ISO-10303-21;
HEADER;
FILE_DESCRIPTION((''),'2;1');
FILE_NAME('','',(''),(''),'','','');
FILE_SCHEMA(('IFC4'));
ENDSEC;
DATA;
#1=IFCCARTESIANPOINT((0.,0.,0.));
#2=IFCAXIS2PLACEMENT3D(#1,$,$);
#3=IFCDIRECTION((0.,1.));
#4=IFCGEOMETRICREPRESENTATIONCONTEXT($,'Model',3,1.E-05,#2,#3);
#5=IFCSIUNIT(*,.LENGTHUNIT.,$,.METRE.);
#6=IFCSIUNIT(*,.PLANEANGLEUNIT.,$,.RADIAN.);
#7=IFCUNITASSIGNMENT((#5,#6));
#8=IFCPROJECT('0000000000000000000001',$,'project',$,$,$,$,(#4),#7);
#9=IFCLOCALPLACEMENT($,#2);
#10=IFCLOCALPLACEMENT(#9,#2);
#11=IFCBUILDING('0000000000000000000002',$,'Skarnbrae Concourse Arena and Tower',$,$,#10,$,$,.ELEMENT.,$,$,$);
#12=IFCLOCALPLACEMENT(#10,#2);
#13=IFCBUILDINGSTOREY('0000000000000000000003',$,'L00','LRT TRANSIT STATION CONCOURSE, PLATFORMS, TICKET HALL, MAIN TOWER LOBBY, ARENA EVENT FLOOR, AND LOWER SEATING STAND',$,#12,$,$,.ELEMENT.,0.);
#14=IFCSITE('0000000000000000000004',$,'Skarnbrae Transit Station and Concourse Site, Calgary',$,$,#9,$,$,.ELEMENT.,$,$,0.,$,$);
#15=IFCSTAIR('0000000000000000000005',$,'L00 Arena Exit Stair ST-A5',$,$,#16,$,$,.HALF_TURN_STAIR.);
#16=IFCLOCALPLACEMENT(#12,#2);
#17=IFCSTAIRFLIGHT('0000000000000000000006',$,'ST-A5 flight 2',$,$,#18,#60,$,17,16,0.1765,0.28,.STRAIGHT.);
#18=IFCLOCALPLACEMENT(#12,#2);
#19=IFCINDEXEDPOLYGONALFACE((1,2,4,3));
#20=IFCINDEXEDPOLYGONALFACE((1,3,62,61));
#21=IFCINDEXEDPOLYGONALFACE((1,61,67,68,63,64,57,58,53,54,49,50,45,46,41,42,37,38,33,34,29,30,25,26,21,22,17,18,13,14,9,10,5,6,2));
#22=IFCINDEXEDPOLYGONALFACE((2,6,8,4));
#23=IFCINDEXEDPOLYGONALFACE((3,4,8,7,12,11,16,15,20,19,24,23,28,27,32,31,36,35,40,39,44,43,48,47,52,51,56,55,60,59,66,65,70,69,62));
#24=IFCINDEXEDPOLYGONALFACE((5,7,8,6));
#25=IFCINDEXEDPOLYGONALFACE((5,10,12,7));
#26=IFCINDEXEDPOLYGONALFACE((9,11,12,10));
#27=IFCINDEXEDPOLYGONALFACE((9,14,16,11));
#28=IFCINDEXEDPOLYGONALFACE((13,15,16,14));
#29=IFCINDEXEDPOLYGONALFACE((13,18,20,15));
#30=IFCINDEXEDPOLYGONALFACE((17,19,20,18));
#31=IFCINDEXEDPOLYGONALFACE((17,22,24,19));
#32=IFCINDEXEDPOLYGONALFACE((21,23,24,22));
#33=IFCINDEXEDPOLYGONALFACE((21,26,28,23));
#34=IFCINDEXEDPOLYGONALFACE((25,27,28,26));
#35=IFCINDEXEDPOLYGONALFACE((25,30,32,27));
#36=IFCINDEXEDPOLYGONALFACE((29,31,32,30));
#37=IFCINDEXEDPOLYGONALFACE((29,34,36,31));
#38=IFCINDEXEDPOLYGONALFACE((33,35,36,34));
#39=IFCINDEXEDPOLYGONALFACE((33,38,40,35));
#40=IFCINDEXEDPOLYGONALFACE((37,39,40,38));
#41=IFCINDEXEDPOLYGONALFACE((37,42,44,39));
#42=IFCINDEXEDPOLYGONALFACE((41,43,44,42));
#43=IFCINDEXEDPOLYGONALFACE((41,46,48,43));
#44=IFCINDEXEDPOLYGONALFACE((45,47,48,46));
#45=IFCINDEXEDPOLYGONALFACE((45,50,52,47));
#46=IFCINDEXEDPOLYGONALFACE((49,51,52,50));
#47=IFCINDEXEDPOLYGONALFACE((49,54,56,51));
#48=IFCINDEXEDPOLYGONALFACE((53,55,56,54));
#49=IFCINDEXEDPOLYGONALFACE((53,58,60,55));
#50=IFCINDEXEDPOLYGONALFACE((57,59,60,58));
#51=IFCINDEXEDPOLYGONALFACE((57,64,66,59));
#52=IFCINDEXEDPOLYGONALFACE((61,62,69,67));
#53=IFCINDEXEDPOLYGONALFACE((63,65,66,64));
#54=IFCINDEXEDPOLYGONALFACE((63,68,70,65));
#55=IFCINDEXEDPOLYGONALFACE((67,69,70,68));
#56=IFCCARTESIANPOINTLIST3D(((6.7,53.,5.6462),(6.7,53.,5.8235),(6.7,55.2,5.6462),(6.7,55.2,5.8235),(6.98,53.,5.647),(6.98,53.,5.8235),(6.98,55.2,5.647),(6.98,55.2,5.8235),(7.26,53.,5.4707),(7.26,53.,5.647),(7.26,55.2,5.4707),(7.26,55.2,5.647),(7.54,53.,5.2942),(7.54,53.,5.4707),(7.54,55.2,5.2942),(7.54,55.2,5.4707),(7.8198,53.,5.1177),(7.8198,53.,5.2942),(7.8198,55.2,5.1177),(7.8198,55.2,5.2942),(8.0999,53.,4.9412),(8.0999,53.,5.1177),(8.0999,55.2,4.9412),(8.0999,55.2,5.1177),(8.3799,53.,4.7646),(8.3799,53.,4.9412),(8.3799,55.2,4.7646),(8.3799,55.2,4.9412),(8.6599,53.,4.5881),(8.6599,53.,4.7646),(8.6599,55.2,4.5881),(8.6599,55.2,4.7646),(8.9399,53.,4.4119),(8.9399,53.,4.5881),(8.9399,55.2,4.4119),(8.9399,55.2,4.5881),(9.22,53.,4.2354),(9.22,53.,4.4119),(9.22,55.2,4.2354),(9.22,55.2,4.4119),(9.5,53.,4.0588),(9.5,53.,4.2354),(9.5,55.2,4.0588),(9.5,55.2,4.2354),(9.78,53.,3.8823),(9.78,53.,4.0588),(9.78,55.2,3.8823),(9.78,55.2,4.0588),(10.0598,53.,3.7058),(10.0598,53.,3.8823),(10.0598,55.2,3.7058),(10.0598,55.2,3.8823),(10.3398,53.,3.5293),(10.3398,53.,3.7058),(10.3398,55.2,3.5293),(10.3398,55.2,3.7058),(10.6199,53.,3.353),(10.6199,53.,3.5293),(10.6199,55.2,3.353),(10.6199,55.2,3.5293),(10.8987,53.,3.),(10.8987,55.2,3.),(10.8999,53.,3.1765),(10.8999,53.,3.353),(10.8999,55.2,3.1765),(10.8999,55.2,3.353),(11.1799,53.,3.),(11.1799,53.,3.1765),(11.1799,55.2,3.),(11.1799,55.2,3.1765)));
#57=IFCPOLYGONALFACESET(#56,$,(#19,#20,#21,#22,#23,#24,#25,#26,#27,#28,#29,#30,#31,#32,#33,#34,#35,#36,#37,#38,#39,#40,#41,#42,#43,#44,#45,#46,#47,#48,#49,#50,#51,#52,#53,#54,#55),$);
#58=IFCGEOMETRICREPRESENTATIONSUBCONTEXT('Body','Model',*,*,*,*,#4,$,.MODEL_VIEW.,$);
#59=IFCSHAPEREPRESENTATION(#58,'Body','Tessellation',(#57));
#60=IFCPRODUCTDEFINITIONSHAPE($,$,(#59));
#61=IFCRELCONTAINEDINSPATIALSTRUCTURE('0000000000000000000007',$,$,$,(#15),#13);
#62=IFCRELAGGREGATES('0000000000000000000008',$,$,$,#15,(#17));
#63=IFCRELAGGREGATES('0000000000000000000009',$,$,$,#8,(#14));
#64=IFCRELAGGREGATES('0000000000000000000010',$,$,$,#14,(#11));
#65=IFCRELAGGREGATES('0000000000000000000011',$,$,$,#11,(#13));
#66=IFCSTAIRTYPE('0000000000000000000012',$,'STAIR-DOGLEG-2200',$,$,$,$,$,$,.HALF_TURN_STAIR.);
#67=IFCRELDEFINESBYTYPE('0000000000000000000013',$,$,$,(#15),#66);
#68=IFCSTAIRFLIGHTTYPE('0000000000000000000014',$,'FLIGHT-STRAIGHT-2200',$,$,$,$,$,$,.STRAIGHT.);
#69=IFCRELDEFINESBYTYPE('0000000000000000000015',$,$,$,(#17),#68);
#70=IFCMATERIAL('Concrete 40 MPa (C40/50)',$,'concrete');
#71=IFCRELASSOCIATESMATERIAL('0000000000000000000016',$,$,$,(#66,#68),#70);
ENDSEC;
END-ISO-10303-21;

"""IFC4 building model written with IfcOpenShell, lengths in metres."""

from ifc_helpers import new_model, si_unit, direction, frame, origin, place, context, subcontext, project, spatial, polyline, outline, extrude, source, transform, mapped, material, type_object, element, aggregate, save


model = new_model("IFC4")

# Units and contexts
model_context = context("Model", 3, precision=1e-05, world=origin(), true_north=direction((0.0, 1.0)))
body_context = subcontext(model_context, "Body", "Model", "MODEL_VIEW")
ifc_project = project(units=[si_unit("LENGTHUNIT", "METRE"), si_unit("PLANEANGLEUNIT", "RADIAN")], contexts=[model_context])

# Site, building, storey
site_placement = place(None, origin())
site = spatial("IfcSite", under=ifc_project, at=site_placement, Name="Skarnbrae Transit Station and Concourse Site, Calgary", CompositionType="ELEMENT", RefElevation=0.0)
building_placement = place(site_placement, origin())
building = spatial("IfcBuilding", under=site, at=building_placement, Name="Skarnbrae Concourse Arena and Tower", CompositionType="ELEMENT")
storey_placement = place(building_placement, origin())
storey = spatial("IfcBuildingStorey", under=building, at=storey_placement, Name="L00", Description="LRT TRANSIT STATION CONCOURSE, PLATFORMS, TICKET HALL, MAIN TOWER LOBBY, ARENA EVENT FLOOR, AND LOWER SEATING STAND", CompositionType="ELEMENT", Elevation=0.0)

# Stair, stair flight
ifc_material_1 = material(Name="Concrete 40 MPa (C40/50)", Category="concrete")
stair_type = type_object("IfcStairType", Name="STAIR-DOGLEG-2200", PredefinedType="HALF_TURN_STAIR", material=ifc_material_1)
stair_placement = place(storey_placement, origin())
stair = element("IfcStair", 1, at=stair_placement, inside=storey, type_object=stair_type, Name="L00 Arena Exit Stair ST-A5", PredefinedType="HALF_TURN_STAIR")
stair_flight_type = type_object("IfcStairFlightType", Name="FLIGHT-STRAIGHT-2200", PredefinedType="STRAIGHT", material=ifc_material_1)
shared_shape_1 = source(origin(), body_context, "Body", "SweptSolid", [
    extrude(outline(polyline([(0.0, 0.0), (0.0, 0.1765), (0.28, 0.1765), (0.28, 0.353), (0.5601, 0.353), (0.5601, 0.5293), (0.8401, 0.5293), (0.8401, 0.7058), (1.1201, 0.7058), (1.1201, 0.8823), (1.3999, 0.8823), (1.3999, 1.0588), (1.6799, 1.0588), (1.6799, 1.2354), (1.96, 1.2354), (1.96, 1.4119), (2.24, 1.4119), (2.24, 1.5881), (2.52, 1.5881), (2.52, 1.7646), (2.8, 1.7646), (2.8, 1.9412), (3.0801, 1.9412), (3.0801, 2.1177), (3.3601, 2.1177), (3.3601, 2.2942), (3.6399, 2.2942), (3.6399, 2.4707), (3.9199, 2.4707), (3.9199, 2.647), (4.2, 2.647), (4.2, 2.8235), (4.48, 2.8235), (4.48, 3.0), (4.48, 2.6462), (0.2812, 0.0), (0.0, 0.0)])), frame((0.0, 1.1001, 0.0), z_axis=(0.0, -1.0, 0.0), x_axis=(1.0, 0.0, 0.0)), (0.0, 0.0, 1.0), 2.2),
])
stair_flight_placement = place(storey_placement, frame((11.1799, 54.1001, 3.0), z_axis=(0.0, 0.0, 1.0), x_axis=(-1.0, 0.0, 0.0)))
stair_flight = element("IfcStairFlight", 2, at=stair_flight_placement, type_object=stair_flight_type, Name="ST-A5 flight 2", NumberOfRisers=17, NumberOfTreads=16, PredefinedType="STRAIGHT", RiserHeight=0.1765, TreadLength=0.28, context=body_context, shape_type="MappedRepresentation", body=[
    mapped(shared_shape_1, transform((0.0, 0.0, 0.0))),
])
aggregate(stair, [stair_flight])

save(model, "model.ifc")
